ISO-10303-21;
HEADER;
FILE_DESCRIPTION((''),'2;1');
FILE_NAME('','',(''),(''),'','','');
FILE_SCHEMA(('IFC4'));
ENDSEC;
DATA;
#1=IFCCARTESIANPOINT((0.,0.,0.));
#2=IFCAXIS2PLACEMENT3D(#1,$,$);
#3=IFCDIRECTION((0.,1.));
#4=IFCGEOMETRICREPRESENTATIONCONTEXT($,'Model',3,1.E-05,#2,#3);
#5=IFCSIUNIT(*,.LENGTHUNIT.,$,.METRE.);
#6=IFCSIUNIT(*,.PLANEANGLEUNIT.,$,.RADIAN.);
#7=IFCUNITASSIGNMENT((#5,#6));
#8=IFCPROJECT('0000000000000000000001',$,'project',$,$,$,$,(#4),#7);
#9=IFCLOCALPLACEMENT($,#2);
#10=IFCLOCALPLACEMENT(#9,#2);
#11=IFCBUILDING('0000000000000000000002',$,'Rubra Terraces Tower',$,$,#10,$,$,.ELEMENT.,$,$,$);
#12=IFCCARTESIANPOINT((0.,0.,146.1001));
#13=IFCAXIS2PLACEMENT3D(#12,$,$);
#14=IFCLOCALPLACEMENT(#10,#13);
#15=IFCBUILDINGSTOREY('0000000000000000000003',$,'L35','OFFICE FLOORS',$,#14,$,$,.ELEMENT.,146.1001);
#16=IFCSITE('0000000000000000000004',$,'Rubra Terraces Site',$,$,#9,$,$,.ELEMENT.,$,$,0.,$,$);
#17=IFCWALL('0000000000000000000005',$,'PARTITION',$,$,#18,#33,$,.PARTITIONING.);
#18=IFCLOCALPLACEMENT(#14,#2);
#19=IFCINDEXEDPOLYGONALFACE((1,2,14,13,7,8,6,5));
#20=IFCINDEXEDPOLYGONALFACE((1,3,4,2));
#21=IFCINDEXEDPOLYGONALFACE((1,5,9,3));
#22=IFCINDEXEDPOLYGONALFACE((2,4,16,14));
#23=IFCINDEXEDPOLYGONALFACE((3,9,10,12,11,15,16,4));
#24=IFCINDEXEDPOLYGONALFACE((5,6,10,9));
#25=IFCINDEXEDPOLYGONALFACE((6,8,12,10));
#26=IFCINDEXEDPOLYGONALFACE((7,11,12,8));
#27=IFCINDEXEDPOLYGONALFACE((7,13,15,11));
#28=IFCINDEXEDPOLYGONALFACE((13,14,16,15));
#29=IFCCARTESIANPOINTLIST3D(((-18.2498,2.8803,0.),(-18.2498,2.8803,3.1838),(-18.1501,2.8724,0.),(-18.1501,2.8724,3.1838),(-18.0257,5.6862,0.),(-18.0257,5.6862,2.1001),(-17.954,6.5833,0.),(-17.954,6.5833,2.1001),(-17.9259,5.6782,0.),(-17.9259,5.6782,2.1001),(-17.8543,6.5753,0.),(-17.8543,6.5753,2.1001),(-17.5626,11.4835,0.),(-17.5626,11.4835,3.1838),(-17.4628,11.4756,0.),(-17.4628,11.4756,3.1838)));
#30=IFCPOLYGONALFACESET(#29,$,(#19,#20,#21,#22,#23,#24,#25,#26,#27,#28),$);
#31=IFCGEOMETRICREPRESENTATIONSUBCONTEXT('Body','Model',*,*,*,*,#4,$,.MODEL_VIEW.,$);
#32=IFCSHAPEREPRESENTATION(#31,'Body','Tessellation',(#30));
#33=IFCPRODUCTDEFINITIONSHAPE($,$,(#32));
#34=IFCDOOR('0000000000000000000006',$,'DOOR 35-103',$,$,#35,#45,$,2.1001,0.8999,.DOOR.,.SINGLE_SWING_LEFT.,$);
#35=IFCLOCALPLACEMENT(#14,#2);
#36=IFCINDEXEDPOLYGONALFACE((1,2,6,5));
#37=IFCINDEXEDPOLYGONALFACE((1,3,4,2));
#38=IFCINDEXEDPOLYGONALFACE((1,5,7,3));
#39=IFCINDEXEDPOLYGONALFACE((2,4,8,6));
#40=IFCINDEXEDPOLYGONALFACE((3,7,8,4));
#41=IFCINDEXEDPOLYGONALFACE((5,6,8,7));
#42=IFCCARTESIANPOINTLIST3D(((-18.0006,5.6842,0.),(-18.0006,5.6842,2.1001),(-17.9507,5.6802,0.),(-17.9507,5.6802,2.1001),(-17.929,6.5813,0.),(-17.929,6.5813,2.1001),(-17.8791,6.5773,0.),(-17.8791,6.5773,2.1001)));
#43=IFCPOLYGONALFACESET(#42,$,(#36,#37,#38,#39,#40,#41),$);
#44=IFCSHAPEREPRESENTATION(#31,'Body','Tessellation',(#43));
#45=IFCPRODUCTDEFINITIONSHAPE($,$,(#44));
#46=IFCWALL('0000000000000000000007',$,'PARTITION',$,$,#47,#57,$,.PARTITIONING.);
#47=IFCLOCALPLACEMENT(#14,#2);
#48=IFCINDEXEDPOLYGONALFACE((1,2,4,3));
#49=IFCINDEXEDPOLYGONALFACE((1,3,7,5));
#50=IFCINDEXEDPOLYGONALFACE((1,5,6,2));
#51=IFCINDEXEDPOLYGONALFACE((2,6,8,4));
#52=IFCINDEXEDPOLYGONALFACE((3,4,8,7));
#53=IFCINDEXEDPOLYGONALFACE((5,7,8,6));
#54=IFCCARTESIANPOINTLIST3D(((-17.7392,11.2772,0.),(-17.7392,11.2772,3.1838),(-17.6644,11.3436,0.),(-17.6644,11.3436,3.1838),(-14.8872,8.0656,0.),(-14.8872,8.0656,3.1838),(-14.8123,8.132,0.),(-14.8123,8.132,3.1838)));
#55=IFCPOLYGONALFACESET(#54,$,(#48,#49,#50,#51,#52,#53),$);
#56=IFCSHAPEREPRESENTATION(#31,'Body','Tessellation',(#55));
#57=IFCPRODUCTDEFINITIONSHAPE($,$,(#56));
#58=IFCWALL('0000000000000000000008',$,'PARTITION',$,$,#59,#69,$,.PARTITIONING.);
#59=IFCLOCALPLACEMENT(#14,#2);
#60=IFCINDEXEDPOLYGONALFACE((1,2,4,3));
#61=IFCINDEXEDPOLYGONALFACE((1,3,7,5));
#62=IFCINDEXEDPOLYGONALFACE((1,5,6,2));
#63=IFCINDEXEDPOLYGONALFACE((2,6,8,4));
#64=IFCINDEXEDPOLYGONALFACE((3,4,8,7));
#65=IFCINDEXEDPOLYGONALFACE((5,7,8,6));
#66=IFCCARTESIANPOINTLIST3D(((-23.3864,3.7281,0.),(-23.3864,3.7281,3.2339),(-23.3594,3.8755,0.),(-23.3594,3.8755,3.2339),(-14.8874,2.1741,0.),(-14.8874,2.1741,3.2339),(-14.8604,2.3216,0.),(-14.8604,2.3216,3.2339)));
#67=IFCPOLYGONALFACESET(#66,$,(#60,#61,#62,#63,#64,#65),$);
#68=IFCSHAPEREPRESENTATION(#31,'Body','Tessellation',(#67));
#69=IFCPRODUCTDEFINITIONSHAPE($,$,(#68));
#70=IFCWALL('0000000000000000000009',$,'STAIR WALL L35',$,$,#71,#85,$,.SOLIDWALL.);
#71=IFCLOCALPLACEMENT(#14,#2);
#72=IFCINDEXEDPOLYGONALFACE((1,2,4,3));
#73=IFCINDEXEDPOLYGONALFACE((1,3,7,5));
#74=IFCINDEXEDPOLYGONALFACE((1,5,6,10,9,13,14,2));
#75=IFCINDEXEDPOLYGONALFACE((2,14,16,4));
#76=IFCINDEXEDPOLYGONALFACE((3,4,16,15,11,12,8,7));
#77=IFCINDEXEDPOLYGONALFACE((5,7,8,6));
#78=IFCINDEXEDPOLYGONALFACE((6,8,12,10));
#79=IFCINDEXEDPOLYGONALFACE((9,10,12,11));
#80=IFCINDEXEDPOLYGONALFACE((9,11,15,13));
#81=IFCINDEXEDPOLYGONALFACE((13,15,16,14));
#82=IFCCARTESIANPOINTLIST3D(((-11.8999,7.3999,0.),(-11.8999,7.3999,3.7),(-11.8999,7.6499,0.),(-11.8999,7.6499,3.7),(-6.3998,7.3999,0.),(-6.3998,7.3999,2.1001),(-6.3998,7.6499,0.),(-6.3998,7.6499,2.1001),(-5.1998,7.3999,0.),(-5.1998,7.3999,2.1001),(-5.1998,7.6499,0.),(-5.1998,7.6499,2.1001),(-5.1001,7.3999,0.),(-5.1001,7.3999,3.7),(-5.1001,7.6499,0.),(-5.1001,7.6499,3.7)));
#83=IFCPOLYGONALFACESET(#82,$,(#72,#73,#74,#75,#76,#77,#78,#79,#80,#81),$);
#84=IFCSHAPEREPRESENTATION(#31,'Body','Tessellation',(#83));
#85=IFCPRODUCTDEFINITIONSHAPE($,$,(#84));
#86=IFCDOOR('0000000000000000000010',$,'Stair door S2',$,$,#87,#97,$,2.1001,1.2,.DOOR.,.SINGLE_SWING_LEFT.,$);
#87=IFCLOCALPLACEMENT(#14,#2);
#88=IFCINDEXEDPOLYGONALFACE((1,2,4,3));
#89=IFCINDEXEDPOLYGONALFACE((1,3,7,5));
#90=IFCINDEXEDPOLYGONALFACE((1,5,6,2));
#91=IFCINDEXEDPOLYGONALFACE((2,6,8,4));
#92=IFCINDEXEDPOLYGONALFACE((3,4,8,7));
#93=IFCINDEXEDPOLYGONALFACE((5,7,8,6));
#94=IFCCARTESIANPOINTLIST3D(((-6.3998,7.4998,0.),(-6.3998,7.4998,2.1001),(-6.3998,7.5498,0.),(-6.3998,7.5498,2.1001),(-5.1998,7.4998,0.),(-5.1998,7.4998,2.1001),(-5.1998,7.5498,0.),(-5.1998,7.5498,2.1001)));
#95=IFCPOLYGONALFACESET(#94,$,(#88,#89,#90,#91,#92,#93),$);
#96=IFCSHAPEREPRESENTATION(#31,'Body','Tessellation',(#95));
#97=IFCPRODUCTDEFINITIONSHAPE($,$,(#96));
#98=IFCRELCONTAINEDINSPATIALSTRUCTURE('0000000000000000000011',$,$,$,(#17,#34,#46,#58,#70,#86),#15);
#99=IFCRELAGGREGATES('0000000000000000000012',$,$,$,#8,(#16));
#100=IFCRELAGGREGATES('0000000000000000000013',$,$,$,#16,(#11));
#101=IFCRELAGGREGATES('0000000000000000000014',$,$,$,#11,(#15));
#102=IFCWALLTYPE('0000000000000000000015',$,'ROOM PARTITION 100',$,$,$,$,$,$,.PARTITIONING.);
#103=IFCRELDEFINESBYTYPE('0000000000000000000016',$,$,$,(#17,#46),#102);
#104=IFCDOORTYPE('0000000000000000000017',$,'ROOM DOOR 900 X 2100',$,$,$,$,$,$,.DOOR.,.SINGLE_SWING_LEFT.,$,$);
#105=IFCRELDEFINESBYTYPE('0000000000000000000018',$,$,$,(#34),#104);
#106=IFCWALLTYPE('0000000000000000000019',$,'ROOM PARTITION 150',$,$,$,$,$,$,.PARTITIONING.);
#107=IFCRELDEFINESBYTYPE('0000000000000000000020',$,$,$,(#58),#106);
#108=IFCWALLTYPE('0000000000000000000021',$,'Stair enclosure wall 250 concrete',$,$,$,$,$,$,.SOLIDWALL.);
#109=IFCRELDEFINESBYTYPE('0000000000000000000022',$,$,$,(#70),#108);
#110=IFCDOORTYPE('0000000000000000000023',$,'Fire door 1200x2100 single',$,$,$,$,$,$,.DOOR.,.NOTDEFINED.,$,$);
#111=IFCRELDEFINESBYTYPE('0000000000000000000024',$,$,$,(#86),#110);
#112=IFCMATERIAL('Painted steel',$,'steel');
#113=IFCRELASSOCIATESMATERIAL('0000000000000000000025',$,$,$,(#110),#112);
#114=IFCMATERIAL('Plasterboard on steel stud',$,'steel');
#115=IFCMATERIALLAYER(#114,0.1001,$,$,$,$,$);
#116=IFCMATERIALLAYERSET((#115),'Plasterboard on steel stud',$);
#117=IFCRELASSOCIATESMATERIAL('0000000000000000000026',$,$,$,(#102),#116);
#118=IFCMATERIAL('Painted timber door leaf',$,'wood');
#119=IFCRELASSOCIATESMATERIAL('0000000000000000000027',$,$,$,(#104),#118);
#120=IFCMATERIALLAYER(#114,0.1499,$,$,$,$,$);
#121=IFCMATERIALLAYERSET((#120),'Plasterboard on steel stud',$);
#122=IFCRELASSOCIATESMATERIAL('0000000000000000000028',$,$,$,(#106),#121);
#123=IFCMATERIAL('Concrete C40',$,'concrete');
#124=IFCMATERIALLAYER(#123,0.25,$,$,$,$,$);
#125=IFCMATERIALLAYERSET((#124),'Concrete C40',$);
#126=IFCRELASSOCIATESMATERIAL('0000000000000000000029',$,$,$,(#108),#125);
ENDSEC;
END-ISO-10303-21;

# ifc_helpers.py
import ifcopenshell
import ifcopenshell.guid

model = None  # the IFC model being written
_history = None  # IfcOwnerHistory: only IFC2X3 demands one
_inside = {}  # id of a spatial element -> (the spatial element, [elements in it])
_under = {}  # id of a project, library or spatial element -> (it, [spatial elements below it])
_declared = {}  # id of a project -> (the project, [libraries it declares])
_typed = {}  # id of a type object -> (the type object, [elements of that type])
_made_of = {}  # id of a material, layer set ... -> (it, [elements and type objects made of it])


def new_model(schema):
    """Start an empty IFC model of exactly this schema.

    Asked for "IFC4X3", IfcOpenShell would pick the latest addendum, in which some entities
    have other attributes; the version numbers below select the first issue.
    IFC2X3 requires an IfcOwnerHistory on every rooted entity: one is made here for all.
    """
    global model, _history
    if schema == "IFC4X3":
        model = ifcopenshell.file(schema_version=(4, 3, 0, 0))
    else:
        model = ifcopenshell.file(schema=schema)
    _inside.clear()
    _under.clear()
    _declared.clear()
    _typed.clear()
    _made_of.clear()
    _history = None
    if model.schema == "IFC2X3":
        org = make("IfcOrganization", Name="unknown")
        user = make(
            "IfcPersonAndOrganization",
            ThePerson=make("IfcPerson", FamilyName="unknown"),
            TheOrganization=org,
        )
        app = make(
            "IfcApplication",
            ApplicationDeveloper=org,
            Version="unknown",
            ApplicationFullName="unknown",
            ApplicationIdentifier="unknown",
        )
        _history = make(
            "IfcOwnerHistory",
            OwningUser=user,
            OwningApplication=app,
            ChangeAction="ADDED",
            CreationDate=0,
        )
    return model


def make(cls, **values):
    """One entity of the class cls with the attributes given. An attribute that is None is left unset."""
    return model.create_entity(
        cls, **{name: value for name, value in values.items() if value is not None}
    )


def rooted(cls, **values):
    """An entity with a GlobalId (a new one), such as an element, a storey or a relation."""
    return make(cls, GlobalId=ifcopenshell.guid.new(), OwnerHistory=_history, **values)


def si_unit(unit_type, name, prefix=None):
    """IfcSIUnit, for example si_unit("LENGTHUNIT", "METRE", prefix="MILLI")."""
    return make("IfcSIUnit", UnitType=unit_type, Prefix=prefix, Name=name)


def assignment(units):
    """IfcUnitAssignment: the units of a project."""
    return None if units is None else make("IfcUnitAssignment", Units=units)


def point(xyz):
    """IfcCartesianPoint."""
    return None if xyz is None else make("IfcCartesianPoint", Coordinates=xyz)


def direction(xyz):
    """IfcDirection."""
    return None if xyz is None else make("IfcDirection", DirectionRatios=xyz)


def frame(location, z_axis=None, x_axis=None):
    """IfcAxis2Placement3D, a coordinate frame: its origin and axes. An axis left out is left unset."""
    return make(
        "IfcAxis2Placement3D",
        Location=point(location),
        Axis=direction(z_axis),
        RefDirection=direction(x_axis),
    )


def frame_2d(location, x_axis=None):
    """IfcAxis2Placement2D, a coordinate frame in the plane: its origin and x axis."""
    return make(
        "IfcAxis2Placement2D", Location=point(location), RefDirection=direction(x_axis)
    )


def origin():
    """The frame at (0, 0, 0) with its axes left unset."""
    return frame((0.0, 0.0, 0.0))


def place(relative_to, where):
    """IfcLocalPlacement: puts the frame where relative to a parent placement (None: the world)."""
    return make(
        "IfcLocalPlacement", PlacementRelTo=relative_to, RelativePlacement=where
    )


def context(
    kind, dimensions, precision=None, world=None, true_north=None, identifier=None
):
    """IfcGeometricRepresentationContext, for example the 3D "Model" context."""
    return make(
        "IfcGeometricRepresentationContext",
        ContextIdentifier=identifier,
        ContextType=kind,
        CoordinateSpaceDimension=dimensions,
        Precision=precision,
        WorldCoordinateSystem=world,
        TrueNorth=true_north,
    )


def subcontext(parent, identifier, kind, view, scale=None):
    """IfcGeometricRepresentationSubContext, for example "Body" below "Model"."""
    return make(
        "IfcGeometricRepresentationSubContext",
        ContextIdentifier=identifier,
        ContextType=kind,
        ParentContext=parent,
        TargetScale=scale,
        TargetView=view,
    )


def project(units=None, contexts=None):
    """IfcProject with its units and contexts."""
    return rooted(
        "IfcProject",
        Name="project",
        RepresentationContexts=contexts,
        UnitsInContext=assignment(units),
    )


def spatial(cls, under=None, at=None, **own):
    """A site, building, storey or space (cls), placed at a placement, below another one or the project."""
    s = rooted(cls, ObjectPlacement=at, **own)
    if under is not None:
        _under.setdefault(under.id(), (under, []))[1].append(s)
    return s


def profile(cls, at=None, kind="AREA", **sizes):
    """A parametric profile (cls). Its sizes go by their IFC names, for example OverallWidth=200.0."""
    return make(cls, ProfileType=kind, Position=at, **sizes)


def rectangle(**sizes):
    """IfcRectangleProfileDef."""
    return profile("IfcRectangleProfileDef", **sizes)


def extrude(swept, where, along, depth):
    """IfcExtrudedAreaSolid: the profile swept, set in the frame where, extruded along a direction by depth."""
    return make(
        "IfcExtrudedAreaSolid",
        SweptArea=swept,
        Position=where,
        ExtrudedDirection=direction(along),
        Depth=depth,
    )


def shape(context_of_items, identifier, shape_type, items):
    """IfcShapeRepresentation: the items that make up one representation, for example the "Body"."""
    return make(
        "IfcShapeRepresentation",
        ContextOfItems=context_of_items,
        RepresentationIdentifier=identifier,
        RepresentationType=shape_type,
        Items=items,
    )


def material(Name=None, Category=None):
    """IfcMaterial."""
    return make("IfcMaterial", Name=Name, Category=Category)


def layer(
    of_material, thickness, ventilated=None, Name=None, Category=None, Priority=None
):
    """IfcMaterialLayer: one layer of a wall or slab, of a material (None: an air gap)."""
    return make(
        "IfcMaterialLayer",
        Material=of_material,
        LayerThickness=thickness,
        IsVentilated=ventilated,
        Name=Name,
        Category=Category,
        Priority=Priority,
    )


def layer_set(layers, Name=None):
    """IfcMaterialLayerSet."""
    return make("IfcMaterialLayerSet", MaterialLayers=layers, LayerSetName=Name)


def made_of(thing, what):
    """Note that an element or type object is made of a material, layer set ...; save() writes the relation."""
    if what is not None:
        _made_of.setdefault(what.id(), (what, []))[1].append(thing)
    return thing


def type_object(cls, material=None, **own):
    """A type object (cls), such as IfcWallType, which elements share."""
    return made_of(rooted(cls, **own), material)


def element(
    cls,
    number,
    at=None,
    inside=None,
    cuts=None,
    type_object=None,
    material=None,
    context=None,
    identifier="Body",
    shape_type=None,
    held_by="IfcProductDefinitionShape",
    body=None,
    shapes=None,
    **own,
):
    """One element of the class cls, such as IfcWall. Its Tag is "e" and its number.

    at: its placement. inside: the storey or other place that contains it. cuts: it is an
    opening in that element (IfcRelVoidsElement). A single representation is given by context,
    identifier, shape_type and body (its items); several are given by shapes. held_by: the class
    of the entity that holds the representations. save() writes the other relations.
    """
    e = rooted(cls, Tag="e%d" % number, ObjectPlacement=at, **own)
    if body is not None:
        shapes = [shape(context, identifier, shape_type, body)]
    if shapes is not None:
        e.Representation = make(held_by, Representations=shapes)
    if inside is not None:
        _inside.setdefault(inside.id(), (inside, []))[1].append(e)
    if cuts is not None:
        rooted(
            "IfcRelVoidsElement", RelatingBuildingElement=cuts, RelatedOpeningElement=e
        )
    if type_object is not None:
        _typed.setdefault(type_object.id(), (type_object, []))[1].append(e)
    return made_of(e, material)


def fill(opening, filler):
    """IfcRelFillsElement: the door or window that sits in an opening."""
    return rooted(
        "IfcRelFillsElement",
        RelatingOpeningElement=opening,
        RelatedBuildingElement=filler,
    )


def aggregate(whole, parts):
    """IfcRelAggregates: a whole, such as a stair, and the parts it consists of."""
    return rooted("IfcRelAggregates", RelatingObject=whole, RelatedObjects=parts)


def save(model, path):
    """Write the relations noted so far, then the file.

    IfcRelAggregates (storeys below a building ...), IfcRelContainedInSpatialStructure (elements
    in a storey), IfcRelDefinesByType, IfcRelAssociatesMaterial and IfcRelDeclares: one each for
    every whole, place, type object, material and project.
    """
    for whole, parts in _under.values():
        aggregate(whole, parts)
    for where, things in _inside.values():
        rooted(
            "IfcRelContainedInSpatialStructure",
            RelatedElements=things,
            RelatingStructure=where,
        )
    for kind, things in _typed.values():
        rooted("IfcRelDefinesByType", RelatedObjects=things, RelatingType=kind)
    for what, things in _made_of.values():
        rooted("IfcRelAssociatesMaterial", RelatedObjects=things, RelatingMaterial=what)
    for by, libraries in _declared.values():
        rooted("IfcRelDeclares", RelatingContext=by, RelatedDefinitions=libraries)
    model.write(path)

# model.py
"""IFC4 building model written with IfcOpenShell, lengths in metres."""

from ifc_helpers import new_model, si_unit, direction, frame, frame_2d, origin, place, context, subcontext, project, spatial, rectangle, extrude, material, layer, layer_set, type_object, element, fill, save


model = new_model("IFC4")

# Units and contexts
model_context = context("Model", 3, precision=1e-05, world=origin(), true_north=direction((0.0, 1.0)))
body_context = subcontext(model_context, "Body", "Model", "MODEL_VIEW")
ifc_project = project(units=[si_unit("LENGTHUNIT", "METRE"), si_unit("PLANEANGLEUNIT", "RADIAN")], contexts=[model_context])

# Site, building, storey
site_placement = place(None, origin())
site = spatial("IfcSite", under=ifc_project, at=site_placement, Name="Rubra Terraces Site", CompositionType="ELEMENT", RefElevation=0.0)
building_placement = place(site_placement, origin())
building = spatial("IfcBuilding", under=site, at=building_placement, Name="Rubra Terraces Tower", CompositionType="ELEMENT")
storey_placement = place(building_placement, frame((0.0, 0.0, 146.1001)))
storey = spatial("IfcBuildingStorey", under=building, at=storey_placement, Name="L35", Description="OFFICE FLOORS", CompositionType="ELEMENT", Elevation=146.1001)

# Shared definitions
ifc_material_1 = material(Name="Painted steel", Category="steel")
door_type_1 = type_object("IfcDoorType", Name="Fire door 1200x2100 single", OperationType="NOTDEFINED", PredefinedType="DOOR", material=ifc_material_1)

# Wall, opening, door
ifc_material_2 = material(Name="Plasterboard on steel stud", Category="steel")
ifc_layer_1 = layer(ifc_material_2, 0.1001)
ifc_layer_set_1 = layer_set([ifc_layer_1], Name="Plasterboard on steel stud")
wall_type_1 = type_object("IfcWallType", Name="ROOM PARTITION 100", PredefinedType="PARTITIONING", material=ifc_layer_set_1)
wall_1_placement = place(storey_placement, frame((-18.2, 2.8762, 0.0), z_axis=(0.0, 0.0, 1.0), x_axis=(0.079629, 0.996825, 0.0)))
wall_1 = element("IfcWall", 1, at=wall_1_placement, inside=storey, type_object=wall_type_1, Name="PARTITION", PredefinedType="PARTITIONING", context=body_context, shape_type="SweptSolid", body=[
    extrude(rectangle(XDim=8.6306, YDim=0.1001, at=frame_2d((4.3154, 0.0))), origin(), (0.0, 0.0, 1.0), 3.1838),
])
opening_1_placement = place(wall_1_placement, frame((2.8149, 0.0, 0.0)))
opening_1 = element("IfcOpeningElement", 2, at=opening_1_placement, cuts=wall_1, PredefinedType="OPENING", context=body_context, shape_type="SweptSolid", body=[
    extrude(rectangle(XDim=0.8999, YDim=2.1001, at=frame_2d((0.45, 1.05))), frame((0.0, 0.0601, 0.0), z_axis=(0.0, -1.0, 0.0), x_axis=(1.0, 0.0, 0.0)), (0.0, 0.0, 1.0), 0.1201),
])
ifc_material_3 = material(Name="Painted timber door leaf", Category="wood")
door_type_2 = type_object("IfcDoorType", Name="ROOM DOOR 900 X 2100", OperationType="SINGLE_SWING_LEFT", PredefinedType="DOOR", material=ifc_material_3)
door_1_placement = place(opening_1_placement, origin())
door_1 = element("IfcDoor", 3, at=door_1_placement, inside=storey, type_object=door_type_2, Name="DOOR 35-103", OperationType="SINGLE_SWING_LEFT", OverallHeight=2.1001, OverallWidth=0.8999, PredefinedType="DOOR", context=body_context, shape_type="SweptSolid", body=[
    extrude(rectangle(XDim=0.8999, YDim=2.1001, at=frame_2d((0.45, 1.05))), frame((0.0, 0.0249, 0.0), z_axis=(0.0, -1.0, 0.0), x_axis=(1.0, 0.0, 0.0)), (0.0, 0.0, 1.0), 0.05),
])
fill(opening_1, door_1)

# Walls
wall_2_placement = place(storey_placement, frame((-14.8499, 8.0989, 0.0), z_axis=(0.0, 0.0, 1.0), x_axis=(-0.664004, 0.747729, 0.0)))
element("IfcWall", 4, at=wall_2_placement, inside=storey, type_object=wall_type_1, Name="PARTITION", PredefinedType="PARTITIONING", context=body_context, shape_type="SweptSolid", body=[
    extrude(rectangle(XDim=4.2952, YDim=0.1001, at=frame_2d((2.1475, 0.0))), origin(), (0.0, 0.0, 1.0), 3.1838),
])
ifc_layer_2 = layer(ifc_material_2, 0.1499)
ifc_layer_set_2 = layer_set([ifc_layer_2], Name="Plasterboard on steel stud")
wall_type_2 = type_object("IfcWallType", Name="ROOM PARTITION 150", PredefinedType="PARTITIONING", material=ifc_layer_set_2)
wall_3_placement = place(storey_placement, frame((-23.3728, 3.8018, 0.0), z_axis=(0.0, 0.0, 1.0), x_axis=(0.983693, -0.179858, 0.0)))
element("IfcWall", 5, at=wall_3_placement, inside=storey, type_object=wall_type_2, Name="PARTITION", PredefinedType="PARTITIONING", context=body_context, shape_type="SweptSolid", body=[
    extrude(rectangle(XDim=8.6399, YDim=0.1499, at=frame_2d((4.3198, 0.0))), origin(), (0.0, 0.0, 1.0), 3.2339),
])

# Wall, opening, door
ifc_material_4 = material(Name="Concrete C40", Category="concrete")
ifc_layer_3 = layer(ifc_material_4, 0.25)
ifc_layer_set_3 = layer_set([ifc_layer_3], Name="Concrete C40")
wall_type_3 = type_object("IfcWallType", Name="Stair enclosure wall 250 concrete", PredefinedType="SOLIDWALL", material=ifc_layer_set_3)
wall_4_placement = place(storey_placement, frame((-11.8999, 7.5249, 0.0), z_axis=(0.0, 0.0, 1.0), x_axis=(1.0, 0.0, 0.0)))
wall_4 = element("IfcWall", 6, at=wall_4_placement, inside=storey, type_object=wall_type_3, Name="STAIR WALL L35", PredefinedType="SOLIDWALL", context=body_context, shape_type="SweptSolid", body=[
    extrude(rectangle(XDim=6.7998, YDim=0.25, at=frame_2d((3.3999, 0.0))), origin(), (0.0, 0.0, 1.0), 3.7),
])
opening_2_placement = place(wall_4_placement, frame((5.5, 0.0, 0.0)))
opening_2 = element("IfcOpeningElement", 7, at=opening_2_placement, cuts=wall_4, PredefinedType="OPENING", context=body_context, shape_type="SweptSolid", body=[
    extrude(rectangle(XDim=1.2, YDim=2.1001, at=frame_2d((0.6001, 1.05))), frame((0.0, 0.135, 0.0), z_axis=(0.0, -1.0, 0.0), x_axis=(1.0, 0.0, 0.0)), (0.0, 0.0, 1.0), 0.27),
])
door_2_placement = place(opening_2_placement, origin())
door_2 = element("IfcDoor", 8, at=door_2_placement, inside=storey, type_object=door_type_1, Name="Stair door S2", OperationType="SINGLE_SWING_LEFT", OverallHeight=2.1001, OverallWidth=1.2, PredefinedType="DOOR", context=body_context, shape_type="SweptSolid", body=[
    extrude(rectangle(XDim=1.2, YDim=2.1001, at=frame_2d((0.6001, 1.05))), frame((0.0, 0.0249, 0.0), z_axis=(0.0, -1.0, 0.0), x_axis=(1.0, 0.0, 0.0)), (0.0, 0.0, 1.0), 0.05),
])
fill(opening_2, door_2)

save(model, "model.ifc")
